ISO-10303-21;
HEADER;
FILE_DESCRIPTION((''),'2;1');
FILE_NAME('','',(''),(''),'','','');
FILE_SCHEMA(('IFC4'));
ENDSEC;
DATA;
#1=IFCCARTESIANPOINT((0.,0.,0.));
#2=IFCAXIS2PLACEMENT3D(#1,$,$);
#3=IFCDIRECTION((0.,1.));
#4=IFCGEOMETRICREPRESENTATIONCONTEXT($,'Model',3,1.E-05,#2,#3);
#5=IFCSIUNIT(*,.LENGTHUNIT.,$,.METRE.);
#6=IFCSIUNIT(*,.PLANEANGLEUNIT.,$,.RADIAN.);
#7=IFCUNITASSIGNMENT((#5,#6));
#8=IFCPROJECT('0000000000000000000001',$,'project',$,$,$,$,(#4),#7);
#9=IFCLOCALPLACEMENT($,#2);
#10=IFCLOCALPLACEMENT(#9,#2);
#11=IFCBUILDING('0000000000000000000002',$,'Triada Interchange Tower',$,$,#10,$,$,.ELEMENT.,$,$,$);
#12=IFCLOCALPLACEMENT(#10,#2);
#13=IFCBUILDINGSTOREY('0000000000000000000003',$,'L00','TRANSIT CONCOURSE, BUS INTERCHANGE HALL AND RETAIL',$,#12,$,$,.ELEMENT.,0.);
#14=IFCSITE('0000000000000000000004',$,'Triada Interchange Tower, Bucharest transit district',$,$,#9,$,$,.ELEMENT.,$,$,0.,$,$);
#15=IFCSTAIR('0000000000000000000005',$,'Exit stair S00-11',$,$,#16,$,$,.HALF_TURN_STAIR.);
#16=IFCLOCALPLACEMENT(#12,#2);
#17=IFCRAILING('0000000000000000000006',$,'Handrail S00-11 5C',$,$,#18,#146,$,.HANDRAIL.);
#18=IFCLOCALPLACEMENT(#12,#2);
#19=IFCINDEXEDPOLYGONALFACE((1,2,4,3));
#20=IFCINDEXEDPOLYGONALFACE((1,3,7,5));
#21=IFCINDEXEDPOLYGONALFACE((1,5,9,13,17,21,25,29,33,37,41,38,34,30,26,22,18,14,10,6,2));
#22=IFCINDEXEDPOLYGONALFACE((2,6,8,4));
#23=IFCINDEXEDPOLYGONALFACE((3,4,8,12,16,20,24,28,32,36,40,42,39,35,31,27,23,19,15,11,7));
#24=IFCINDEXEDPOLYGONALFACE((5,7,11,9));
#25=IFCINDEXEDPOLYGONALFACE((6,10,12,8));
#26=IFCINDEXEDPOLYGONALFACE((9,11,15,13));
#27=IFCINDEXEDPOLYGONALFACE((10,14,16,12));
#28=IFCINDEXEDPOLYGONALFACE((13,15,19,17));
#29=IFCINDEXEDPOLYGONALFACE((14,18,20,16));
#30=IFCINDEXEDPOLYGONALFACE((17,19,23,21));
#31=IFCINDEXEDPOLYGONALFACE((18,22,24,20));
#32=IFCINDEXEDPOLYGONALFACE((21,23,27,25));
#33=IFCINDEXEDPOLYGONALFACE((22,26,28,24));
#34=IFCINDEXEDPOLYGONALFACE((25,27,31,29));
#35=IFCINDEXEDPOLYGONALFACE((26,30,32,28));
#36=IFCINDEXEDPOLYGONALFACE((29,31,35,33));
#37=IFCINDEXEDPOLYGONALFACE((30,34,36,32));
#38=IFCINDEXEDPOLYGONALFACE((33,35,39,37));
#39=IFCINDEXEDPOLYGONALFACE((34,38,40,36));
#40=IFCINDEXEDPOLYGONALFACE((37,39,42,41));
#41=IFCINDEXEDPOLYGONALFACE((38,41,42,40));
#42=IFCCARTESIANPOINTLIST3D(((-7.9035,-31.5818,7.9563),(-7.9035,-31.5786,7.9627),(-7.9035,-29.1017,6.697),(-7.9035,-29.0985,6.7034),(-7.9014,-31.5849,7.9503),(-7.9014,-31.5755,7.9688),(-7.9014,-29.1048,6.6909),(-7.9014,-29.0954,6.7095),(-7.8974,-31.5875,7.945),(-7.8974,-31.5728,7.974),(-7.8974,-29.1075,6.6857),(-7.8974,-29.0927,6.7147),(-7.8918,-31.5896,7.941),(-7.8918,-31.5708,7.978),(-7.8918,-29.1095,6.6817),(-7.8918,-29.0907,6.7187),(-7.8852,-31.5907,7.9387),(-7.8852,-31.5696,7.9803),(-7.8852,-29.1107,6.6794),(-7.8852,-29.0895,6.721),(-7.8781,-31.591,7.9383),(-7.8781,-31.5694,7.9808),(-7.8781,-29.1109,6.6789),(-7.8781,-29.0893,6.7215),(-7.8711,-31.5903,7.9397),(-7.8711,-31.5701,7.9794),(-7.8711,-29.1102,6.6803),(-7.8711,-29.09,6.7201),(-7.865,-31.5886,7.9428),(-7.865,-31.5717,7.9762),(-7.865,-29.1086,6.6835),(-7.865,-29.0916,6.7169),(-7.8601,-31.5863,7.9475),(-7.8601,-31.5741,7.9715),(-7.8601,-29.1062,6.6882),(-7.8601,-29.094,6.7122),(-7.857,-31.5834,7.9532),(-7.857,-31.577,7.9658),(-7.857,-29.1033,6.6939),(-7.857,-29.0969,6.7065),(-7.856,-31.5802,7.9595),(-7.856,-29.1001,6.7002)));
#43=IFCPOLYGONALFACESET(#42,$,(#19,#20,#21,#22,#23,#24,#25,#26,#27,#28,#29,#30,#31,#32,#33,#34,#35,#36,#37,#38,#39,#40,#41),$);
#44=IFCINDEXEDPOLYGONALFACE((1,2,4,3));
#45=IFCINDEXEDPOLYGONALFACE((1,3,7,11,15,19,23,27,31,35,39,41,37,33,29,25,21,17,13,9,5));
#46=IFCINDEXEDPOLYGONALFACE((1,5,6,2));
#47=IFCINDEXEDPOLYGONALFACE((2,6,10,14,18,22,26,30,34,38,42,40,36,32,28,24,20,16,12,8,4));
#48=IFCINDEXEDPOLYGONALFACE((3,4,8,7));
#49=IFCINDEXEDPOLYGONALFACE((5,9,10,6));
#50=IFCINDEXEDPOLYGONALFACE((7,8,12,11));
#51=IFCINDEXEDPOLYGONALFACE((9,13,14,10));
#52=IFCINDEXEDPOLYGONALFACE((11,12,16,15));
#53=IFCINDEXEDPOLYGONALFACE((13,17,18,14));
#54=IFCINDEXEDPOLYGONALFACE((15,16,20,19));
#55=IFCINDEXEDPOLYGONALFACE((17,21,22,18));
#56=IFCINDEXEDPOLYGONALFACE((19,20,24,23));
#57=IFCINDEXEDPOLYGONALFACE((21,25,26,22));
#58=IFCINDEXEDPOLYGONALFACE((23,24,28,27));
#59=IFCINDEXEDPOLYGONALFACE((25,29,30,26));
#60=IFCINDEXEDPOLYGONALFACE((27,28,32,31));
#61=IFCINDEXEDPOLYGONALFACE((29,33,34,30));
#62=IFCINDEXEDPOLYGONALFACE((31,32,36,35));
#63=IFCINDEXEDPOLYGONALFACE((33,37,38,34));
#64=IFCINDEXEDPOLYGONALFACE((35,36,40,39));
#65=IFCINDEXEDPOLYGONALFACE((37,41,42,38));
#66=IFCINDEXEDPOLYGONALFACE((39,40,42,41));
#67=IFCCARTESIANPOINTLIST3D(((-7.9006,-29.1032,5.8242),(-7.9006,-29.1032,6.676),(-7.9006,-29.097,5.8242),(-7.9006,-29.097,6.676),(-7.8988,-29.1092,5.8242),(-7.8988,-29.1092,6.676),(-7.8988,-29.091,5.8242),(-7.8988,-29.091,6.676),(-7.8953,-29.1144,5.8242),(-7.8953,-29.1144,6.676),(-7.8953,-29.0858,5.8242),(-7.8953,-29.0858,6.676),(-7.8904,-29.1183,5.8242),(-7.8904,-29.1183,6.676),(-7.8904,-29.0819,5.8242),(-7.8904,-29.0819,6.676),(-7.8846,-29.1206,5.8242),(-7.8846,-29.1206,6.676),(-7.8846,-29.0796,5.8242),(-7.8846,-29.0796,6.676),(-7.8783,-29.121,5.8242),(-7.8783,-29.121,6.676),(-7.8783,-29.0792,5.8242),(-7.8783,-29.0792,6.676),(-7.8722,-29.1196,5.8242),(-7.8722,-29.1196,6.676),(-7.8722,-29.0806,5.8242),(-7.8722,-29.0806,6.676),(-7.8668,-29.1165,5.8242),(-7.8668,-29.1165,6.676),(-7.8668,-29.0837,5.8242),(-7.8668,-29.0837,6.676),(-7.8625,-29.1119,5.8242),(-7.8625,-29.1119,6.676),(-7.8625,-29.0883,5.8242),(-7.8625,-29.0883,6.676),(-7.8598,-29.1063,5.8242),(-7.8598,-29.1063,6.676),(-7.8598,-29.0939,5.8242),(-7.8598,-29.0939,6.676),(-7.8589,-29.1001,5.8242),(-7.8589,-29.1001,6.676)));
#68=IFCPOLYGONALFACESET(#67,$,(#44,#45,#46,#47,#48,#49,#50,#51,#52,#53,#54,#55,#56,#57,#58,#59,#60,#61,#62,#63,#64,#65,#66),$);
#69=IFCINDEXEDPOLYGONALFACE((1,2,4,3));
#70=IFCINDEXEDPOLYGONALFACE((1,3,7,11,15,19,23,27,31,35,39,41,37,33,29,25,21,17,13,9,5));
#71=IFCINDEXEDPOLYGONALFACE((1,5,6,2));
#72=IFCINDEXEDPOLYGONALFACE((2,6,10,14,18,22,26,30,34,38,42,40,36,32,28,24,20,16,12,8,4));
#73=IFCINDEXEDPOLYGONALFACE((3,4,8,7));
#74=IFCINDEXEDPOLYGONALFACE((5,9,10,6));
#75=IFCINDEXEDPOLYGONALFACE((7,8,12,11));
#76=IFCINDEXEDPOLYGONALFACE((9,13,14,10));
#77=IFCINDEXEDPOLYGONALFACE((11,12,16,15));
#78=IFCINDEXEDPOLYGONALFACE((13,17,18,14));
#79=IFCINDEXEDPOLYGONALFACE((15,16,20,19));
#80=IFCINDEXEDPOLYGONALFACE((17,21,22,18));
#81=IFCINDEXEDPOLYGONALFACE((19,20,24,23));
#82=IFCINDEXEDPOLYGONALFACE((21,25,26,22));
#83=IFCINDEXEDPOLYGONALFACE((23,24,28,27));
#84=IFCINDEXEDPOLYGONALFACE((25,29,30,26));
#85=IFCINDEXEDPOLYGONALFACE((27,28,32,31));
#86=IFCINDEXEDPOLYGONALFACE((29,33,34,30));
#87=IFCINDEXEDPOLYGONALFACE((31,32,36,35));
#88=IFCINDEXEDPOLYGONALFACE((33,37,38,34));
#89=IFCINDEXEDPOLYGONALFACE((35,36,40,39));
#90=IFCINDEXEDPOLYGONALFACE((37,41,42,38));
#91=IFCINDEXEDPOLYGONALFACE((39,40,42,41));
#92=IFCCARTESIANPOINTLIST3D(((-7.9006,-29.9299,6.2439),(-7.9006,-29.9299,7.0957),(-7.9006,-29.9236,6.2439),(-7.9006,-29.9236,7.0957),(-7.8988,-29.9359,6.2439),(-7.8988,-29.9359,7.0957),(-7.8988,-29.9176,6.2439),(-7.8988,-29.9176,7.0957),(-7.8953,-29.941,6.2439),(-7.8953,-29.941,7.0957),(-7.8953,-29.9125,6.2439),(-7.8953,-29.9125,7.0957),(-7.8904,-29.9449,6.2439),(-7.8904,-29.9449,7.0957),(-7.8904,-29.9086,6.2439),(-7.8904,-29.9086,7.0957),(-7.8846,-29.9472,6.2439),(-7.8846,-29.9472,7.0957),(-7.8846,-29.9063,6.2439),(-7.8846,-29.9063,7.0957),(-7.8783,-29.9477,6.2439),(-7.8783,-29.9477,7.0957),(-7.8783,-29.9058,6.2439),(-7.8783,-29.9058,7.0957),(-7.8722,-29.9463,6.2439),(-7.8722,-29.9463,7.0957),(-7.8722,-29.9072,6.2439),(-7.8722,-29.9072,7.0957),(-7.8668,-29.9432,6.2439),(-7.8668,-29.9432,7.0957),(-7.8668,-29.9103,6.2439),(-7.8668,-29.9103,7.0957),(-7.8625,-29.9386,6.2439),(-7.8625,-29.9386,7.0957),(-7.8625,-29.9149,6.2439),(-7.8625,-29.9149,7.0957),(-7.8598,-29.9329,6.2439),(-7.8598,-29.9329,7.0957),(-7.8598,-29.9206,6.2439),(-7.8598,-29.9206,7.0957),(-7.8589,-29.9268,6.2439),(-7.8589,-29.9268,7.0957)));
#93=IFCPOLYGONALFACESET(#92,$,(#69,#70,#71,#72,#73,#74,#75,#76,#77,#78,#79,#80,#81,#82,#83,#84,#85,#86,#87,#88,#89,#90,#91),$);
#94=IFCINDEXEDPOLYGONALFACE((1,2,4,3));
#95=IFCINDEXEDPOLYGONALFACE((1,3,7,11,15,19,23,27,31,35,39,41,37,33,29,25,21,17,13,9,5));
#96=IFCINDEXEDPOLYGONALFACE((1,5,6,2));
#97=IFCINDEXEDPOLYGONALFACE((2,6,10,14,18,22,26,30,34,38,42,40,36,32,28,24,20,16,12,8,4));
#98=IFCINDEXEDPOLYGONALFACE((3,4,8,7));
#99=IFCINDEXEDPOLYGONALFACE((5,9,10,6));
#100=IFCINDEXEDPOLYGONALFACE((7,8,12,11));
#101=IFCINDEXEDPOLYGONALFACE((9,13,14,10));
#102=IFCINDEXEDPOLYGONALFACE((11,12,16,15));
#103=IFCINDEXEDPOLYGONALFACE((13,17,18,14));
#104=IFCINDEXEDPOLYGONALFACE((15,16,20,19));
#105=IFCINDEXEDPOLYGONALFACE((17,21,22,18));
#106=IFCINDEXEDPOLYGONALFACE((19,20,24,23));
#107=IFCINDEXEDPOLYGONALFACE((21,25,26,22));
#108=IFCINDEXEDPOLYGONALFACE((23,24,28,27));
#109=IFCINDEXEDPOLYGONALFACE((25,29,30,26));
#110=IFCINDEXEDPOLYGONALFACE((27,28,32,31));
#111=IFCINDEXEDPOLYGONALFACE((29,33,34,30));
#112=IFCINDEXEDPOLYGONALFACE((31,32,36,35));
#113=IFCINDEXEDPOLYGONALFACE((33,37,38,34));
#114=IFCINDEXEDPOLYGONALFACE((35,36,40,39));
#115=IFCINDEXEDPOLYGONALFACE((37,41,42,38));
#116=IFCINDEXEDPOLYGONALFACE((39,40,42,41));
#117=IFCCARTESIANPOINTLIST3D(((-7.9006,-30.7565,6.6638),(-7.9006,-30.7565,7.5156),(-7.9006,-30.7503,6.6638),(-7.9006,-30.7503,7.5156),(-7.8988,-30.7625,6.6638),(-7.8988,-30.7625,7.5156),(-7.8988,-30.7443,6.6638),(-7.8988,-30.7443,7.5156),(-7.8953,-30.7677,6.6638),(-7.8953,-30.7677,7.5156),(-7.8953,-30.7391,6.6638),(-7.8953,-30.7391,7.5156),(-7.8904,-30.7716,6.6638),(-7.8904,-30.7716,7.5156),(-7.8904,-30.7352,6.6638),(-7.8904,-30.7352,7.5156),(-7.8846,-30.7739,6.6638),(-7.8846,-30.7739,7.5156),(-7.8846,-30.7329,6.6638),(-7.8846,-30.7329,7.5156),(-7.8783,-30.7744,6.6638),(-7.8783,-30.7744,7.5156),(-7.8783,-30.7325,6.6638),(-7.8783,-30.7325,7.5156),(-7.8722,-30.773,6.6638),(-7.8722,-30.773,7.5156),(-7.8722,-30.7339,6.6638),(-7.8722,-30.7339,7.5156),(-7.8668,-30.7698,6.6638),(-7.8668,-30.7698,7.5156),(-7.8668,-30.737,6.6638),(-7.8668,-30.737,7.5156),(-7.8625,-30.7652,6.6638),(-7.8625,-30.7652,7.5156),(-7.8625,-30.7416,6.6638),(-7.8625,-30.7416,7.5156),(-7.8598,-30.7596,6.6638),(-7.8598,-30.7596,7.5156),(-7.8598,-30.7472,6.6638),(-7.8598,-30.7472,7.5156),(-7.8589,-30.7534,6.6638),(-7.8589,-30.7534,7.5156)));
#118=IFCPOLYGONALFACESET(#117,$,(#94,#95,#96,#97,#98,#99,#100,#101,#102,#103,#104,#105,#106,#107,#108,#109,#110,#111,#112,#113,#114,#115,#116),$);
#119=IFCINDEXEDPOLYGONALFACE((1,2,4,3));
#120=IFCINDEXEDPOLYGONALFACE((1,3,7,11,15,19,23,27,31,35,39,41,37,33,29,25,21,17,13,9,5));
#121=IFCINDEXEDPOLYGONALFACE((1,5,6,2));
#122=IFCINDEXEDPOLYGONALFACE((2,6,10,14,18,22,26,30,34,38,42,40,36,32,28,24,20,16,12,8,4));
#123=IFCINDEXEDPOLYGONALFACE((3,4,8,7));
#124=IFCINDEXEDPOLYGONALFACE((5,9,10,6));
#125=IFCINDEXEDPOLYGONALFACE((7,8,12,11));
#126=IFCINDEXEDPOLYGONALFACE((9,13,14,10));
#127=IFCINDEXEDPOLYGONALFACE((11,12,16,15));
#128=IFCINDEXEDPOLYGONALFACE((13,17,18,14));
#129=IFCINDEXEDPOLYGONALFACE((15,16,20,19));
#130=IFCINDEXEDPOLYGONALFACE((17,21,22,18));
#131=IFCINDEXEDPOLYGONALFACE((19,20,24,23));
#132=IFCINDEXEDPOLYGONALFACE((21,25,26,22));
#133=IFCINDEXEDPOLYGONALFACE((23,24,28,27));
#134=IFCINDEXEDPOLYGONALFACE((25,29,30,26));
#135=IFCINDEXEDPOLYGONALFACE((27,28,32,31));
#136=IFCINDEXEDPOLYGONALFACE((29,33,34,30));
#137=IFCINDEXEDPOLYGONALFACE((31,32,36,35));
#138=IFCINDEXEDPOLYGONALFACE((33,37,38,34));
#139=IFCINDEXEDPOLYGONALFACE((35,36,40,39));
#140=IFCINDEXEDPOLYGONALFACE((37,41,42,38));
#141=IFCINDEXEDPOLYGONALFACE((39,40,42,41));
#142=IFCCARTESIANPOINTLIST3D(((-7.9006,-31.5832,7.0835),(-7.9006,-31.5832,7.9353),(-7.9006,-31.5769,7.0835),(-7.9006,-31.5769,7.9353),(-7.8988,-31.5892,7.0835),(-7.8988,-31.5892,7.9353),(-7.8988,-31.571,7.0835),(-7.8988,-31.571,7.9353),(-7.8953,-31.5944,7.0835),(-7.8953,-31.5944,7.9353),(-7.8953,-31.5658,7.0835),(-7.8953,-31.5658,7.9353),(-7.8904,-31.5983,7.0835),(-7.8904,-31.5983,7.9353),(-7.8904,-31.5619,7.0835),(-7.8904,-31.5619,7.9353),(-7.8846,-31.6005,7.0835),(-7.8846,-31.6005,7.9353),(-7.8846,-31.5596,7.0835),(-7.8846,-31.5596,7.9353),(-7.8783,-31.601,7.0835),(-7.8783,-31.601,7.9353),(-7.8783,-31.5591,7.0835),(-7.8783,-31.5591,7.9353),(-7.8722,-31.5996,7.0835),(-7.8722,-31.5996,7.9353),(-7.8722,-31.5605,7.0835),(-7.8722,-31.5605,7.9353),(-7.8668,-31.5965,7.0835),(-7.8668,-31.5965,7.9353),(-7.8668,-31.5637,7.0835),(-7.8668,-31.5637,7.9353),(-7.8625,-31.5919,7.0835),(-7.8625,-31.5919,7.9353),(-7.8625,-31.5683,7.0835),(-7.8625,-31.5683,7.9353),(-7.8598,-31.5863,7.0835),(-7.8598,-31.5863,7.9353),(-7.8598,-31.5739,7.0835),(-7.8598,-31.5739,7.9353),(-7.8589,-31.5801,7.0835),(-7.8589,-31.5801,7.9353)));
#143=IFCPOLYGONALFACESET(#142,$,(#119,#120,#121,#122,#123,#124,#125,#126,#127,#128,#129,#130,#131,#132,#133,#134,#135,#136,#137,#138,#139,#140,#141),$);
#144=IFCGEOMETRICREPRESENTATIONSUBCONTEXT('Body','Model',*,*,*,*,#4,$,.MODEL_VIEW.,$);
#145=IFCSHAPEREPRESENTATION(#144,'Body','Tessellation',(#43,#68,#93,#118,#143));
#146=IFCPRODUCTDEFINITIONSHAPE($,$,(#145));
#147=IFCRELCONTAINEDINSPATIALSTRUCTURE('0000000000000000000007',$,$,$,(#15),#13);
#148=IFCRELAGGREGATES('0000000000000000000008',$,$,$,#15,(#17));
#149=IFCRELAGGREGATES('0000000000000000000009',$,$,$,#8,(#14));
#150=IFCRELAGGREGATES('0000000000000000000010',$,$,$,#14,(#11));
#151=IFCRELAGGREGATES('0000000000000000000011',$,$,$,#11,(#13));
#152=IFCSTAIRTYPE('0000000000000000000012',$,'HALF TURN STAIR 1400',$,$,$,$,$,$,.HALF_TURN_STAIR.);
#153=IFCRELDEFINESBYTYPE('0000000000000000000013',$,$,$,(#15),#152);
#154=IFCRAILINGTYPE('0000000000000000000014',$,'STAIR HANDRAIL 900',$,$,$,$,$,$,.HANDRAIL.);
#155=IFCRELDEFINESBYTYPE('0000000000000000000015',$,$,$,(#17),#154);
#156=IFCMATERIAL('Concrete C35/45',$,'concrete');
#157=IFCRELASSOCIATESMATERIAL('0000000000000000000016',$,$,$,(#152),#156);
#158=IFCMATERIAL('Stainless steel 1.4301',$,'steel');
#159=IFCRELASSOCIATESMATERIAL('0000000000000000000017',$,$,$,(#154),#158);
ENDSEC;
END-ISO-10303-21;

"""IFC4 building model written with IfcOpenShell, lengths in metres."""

from ifc_helpers import new_model, si_unit, direction, frame, origin, origin_2d, place, context, subcontext, project, spatial, circle, extrude, material, type_object, element, aggregate, save


model = new_model("IFC4")

# Units and contexts
model_context = context("Model", 3, precision=1e-05, world=origin(), true_north=direction((0.0, 1.0)))
body_context = subcontext(model_context, "Body", "Model", "MODEL_VIEW")
ifc_project = project(units=[si_unit("LENGTHUNIT", "METRE"), si_unit("PLANEANGLEUNIT", "RADIAN")], contexts=[model_context])

# Site, building, storey
site_placement = place(None, origin())
site = spatial("IfcSite", under=ifc_project, at=site_placement, Name="Triada Interchange Tower, Bucharest transit district", CompositionType="ELEMENT", RefElevation=0.0)
building_placement = place(site_placement, origin())
building = spatial("IfcBuilding", under=site, at=building_placement, Name="Triada Interchange Tower", CompositionType="ELEMENT")
storey_placement = place(building_placement, origin())
storey = spatial("IfcBuildingStorey", under=building, at=storey_placement, Name="L00", Description="TRANSIT CONCOURSE, BUS INTERCHANGE HALL AND RETAIL", CompositionType="ELEMENT", Elevation=0.0)

# Stair, railing
ifc_material_1 = material(Name="Concrete C35/45", Category="concrete")
stair_type = type_object("IfcStairType", Name="HALF TURN STAIR 1400", PredefinedType="HALF_TURN_STAIR", material=ifc_material_1)
stair_placement = place(storey_placement, origin())
stair = element("IfcStair", 1, at=stair_placement, inside=storey, type_object=stair_type, Name="Exit stair S00-11", PredefinedType="HALF_TURN_STAIR")
ifc_material_2 = material(Name="Stainless steel 1.4301", Category="steel")
railing_type = type_object("IfcRailingType", Name="STAIR HANDRAIL 900", PredefinedType="HANDRAIL", material=ifc_material_2)
railing_1_placement = place(storey_placement, frame((-7.8799, -29.1001, 5.8242)))
railing_1 = element("IfcRailing", 2, at=railing_1_placement, type_object=railing_type, Name="Handrail S00-11 5C", PredefinedType="HANDRAIL", context=body_context, shape_type="SweptSolid", body=[
    extrude(circle(Radius=0.0239, at=origin_2d()), frame((0.0, 0.0, 0.876), z_axis=(0.0, -0.891636, 0.452752), x_axis=(1.0, 0.0, 0.0)), (0.0, 0.0, 1.0), 2.7815),
    extrude(circle(Radius=0.021, at=origin_2d()), origin(), (0.0, 0.0, 1.0), 0.8518),
    extrude(circle(Radius=0.021, at=origin_2d()), frame((0.0, -0.8267, 0.4197)), (0.0, 0.0, 1.0), 0.8518),
    extrude(circle(Radius=0.021, at=origin_2d()), frame((0.0, -1.6533, 0.8396)), (0.0, 0.0, 1.0), 0.8518),
    extrude(circle(Radius=0.021, at=origin_2d()), frame((0.0, -2.48, 1.2593)), (0.0, 0.0, 1.0), 0.8518),
])
aggregate(stair, [railing_1])

save(model, "model.ifc")
